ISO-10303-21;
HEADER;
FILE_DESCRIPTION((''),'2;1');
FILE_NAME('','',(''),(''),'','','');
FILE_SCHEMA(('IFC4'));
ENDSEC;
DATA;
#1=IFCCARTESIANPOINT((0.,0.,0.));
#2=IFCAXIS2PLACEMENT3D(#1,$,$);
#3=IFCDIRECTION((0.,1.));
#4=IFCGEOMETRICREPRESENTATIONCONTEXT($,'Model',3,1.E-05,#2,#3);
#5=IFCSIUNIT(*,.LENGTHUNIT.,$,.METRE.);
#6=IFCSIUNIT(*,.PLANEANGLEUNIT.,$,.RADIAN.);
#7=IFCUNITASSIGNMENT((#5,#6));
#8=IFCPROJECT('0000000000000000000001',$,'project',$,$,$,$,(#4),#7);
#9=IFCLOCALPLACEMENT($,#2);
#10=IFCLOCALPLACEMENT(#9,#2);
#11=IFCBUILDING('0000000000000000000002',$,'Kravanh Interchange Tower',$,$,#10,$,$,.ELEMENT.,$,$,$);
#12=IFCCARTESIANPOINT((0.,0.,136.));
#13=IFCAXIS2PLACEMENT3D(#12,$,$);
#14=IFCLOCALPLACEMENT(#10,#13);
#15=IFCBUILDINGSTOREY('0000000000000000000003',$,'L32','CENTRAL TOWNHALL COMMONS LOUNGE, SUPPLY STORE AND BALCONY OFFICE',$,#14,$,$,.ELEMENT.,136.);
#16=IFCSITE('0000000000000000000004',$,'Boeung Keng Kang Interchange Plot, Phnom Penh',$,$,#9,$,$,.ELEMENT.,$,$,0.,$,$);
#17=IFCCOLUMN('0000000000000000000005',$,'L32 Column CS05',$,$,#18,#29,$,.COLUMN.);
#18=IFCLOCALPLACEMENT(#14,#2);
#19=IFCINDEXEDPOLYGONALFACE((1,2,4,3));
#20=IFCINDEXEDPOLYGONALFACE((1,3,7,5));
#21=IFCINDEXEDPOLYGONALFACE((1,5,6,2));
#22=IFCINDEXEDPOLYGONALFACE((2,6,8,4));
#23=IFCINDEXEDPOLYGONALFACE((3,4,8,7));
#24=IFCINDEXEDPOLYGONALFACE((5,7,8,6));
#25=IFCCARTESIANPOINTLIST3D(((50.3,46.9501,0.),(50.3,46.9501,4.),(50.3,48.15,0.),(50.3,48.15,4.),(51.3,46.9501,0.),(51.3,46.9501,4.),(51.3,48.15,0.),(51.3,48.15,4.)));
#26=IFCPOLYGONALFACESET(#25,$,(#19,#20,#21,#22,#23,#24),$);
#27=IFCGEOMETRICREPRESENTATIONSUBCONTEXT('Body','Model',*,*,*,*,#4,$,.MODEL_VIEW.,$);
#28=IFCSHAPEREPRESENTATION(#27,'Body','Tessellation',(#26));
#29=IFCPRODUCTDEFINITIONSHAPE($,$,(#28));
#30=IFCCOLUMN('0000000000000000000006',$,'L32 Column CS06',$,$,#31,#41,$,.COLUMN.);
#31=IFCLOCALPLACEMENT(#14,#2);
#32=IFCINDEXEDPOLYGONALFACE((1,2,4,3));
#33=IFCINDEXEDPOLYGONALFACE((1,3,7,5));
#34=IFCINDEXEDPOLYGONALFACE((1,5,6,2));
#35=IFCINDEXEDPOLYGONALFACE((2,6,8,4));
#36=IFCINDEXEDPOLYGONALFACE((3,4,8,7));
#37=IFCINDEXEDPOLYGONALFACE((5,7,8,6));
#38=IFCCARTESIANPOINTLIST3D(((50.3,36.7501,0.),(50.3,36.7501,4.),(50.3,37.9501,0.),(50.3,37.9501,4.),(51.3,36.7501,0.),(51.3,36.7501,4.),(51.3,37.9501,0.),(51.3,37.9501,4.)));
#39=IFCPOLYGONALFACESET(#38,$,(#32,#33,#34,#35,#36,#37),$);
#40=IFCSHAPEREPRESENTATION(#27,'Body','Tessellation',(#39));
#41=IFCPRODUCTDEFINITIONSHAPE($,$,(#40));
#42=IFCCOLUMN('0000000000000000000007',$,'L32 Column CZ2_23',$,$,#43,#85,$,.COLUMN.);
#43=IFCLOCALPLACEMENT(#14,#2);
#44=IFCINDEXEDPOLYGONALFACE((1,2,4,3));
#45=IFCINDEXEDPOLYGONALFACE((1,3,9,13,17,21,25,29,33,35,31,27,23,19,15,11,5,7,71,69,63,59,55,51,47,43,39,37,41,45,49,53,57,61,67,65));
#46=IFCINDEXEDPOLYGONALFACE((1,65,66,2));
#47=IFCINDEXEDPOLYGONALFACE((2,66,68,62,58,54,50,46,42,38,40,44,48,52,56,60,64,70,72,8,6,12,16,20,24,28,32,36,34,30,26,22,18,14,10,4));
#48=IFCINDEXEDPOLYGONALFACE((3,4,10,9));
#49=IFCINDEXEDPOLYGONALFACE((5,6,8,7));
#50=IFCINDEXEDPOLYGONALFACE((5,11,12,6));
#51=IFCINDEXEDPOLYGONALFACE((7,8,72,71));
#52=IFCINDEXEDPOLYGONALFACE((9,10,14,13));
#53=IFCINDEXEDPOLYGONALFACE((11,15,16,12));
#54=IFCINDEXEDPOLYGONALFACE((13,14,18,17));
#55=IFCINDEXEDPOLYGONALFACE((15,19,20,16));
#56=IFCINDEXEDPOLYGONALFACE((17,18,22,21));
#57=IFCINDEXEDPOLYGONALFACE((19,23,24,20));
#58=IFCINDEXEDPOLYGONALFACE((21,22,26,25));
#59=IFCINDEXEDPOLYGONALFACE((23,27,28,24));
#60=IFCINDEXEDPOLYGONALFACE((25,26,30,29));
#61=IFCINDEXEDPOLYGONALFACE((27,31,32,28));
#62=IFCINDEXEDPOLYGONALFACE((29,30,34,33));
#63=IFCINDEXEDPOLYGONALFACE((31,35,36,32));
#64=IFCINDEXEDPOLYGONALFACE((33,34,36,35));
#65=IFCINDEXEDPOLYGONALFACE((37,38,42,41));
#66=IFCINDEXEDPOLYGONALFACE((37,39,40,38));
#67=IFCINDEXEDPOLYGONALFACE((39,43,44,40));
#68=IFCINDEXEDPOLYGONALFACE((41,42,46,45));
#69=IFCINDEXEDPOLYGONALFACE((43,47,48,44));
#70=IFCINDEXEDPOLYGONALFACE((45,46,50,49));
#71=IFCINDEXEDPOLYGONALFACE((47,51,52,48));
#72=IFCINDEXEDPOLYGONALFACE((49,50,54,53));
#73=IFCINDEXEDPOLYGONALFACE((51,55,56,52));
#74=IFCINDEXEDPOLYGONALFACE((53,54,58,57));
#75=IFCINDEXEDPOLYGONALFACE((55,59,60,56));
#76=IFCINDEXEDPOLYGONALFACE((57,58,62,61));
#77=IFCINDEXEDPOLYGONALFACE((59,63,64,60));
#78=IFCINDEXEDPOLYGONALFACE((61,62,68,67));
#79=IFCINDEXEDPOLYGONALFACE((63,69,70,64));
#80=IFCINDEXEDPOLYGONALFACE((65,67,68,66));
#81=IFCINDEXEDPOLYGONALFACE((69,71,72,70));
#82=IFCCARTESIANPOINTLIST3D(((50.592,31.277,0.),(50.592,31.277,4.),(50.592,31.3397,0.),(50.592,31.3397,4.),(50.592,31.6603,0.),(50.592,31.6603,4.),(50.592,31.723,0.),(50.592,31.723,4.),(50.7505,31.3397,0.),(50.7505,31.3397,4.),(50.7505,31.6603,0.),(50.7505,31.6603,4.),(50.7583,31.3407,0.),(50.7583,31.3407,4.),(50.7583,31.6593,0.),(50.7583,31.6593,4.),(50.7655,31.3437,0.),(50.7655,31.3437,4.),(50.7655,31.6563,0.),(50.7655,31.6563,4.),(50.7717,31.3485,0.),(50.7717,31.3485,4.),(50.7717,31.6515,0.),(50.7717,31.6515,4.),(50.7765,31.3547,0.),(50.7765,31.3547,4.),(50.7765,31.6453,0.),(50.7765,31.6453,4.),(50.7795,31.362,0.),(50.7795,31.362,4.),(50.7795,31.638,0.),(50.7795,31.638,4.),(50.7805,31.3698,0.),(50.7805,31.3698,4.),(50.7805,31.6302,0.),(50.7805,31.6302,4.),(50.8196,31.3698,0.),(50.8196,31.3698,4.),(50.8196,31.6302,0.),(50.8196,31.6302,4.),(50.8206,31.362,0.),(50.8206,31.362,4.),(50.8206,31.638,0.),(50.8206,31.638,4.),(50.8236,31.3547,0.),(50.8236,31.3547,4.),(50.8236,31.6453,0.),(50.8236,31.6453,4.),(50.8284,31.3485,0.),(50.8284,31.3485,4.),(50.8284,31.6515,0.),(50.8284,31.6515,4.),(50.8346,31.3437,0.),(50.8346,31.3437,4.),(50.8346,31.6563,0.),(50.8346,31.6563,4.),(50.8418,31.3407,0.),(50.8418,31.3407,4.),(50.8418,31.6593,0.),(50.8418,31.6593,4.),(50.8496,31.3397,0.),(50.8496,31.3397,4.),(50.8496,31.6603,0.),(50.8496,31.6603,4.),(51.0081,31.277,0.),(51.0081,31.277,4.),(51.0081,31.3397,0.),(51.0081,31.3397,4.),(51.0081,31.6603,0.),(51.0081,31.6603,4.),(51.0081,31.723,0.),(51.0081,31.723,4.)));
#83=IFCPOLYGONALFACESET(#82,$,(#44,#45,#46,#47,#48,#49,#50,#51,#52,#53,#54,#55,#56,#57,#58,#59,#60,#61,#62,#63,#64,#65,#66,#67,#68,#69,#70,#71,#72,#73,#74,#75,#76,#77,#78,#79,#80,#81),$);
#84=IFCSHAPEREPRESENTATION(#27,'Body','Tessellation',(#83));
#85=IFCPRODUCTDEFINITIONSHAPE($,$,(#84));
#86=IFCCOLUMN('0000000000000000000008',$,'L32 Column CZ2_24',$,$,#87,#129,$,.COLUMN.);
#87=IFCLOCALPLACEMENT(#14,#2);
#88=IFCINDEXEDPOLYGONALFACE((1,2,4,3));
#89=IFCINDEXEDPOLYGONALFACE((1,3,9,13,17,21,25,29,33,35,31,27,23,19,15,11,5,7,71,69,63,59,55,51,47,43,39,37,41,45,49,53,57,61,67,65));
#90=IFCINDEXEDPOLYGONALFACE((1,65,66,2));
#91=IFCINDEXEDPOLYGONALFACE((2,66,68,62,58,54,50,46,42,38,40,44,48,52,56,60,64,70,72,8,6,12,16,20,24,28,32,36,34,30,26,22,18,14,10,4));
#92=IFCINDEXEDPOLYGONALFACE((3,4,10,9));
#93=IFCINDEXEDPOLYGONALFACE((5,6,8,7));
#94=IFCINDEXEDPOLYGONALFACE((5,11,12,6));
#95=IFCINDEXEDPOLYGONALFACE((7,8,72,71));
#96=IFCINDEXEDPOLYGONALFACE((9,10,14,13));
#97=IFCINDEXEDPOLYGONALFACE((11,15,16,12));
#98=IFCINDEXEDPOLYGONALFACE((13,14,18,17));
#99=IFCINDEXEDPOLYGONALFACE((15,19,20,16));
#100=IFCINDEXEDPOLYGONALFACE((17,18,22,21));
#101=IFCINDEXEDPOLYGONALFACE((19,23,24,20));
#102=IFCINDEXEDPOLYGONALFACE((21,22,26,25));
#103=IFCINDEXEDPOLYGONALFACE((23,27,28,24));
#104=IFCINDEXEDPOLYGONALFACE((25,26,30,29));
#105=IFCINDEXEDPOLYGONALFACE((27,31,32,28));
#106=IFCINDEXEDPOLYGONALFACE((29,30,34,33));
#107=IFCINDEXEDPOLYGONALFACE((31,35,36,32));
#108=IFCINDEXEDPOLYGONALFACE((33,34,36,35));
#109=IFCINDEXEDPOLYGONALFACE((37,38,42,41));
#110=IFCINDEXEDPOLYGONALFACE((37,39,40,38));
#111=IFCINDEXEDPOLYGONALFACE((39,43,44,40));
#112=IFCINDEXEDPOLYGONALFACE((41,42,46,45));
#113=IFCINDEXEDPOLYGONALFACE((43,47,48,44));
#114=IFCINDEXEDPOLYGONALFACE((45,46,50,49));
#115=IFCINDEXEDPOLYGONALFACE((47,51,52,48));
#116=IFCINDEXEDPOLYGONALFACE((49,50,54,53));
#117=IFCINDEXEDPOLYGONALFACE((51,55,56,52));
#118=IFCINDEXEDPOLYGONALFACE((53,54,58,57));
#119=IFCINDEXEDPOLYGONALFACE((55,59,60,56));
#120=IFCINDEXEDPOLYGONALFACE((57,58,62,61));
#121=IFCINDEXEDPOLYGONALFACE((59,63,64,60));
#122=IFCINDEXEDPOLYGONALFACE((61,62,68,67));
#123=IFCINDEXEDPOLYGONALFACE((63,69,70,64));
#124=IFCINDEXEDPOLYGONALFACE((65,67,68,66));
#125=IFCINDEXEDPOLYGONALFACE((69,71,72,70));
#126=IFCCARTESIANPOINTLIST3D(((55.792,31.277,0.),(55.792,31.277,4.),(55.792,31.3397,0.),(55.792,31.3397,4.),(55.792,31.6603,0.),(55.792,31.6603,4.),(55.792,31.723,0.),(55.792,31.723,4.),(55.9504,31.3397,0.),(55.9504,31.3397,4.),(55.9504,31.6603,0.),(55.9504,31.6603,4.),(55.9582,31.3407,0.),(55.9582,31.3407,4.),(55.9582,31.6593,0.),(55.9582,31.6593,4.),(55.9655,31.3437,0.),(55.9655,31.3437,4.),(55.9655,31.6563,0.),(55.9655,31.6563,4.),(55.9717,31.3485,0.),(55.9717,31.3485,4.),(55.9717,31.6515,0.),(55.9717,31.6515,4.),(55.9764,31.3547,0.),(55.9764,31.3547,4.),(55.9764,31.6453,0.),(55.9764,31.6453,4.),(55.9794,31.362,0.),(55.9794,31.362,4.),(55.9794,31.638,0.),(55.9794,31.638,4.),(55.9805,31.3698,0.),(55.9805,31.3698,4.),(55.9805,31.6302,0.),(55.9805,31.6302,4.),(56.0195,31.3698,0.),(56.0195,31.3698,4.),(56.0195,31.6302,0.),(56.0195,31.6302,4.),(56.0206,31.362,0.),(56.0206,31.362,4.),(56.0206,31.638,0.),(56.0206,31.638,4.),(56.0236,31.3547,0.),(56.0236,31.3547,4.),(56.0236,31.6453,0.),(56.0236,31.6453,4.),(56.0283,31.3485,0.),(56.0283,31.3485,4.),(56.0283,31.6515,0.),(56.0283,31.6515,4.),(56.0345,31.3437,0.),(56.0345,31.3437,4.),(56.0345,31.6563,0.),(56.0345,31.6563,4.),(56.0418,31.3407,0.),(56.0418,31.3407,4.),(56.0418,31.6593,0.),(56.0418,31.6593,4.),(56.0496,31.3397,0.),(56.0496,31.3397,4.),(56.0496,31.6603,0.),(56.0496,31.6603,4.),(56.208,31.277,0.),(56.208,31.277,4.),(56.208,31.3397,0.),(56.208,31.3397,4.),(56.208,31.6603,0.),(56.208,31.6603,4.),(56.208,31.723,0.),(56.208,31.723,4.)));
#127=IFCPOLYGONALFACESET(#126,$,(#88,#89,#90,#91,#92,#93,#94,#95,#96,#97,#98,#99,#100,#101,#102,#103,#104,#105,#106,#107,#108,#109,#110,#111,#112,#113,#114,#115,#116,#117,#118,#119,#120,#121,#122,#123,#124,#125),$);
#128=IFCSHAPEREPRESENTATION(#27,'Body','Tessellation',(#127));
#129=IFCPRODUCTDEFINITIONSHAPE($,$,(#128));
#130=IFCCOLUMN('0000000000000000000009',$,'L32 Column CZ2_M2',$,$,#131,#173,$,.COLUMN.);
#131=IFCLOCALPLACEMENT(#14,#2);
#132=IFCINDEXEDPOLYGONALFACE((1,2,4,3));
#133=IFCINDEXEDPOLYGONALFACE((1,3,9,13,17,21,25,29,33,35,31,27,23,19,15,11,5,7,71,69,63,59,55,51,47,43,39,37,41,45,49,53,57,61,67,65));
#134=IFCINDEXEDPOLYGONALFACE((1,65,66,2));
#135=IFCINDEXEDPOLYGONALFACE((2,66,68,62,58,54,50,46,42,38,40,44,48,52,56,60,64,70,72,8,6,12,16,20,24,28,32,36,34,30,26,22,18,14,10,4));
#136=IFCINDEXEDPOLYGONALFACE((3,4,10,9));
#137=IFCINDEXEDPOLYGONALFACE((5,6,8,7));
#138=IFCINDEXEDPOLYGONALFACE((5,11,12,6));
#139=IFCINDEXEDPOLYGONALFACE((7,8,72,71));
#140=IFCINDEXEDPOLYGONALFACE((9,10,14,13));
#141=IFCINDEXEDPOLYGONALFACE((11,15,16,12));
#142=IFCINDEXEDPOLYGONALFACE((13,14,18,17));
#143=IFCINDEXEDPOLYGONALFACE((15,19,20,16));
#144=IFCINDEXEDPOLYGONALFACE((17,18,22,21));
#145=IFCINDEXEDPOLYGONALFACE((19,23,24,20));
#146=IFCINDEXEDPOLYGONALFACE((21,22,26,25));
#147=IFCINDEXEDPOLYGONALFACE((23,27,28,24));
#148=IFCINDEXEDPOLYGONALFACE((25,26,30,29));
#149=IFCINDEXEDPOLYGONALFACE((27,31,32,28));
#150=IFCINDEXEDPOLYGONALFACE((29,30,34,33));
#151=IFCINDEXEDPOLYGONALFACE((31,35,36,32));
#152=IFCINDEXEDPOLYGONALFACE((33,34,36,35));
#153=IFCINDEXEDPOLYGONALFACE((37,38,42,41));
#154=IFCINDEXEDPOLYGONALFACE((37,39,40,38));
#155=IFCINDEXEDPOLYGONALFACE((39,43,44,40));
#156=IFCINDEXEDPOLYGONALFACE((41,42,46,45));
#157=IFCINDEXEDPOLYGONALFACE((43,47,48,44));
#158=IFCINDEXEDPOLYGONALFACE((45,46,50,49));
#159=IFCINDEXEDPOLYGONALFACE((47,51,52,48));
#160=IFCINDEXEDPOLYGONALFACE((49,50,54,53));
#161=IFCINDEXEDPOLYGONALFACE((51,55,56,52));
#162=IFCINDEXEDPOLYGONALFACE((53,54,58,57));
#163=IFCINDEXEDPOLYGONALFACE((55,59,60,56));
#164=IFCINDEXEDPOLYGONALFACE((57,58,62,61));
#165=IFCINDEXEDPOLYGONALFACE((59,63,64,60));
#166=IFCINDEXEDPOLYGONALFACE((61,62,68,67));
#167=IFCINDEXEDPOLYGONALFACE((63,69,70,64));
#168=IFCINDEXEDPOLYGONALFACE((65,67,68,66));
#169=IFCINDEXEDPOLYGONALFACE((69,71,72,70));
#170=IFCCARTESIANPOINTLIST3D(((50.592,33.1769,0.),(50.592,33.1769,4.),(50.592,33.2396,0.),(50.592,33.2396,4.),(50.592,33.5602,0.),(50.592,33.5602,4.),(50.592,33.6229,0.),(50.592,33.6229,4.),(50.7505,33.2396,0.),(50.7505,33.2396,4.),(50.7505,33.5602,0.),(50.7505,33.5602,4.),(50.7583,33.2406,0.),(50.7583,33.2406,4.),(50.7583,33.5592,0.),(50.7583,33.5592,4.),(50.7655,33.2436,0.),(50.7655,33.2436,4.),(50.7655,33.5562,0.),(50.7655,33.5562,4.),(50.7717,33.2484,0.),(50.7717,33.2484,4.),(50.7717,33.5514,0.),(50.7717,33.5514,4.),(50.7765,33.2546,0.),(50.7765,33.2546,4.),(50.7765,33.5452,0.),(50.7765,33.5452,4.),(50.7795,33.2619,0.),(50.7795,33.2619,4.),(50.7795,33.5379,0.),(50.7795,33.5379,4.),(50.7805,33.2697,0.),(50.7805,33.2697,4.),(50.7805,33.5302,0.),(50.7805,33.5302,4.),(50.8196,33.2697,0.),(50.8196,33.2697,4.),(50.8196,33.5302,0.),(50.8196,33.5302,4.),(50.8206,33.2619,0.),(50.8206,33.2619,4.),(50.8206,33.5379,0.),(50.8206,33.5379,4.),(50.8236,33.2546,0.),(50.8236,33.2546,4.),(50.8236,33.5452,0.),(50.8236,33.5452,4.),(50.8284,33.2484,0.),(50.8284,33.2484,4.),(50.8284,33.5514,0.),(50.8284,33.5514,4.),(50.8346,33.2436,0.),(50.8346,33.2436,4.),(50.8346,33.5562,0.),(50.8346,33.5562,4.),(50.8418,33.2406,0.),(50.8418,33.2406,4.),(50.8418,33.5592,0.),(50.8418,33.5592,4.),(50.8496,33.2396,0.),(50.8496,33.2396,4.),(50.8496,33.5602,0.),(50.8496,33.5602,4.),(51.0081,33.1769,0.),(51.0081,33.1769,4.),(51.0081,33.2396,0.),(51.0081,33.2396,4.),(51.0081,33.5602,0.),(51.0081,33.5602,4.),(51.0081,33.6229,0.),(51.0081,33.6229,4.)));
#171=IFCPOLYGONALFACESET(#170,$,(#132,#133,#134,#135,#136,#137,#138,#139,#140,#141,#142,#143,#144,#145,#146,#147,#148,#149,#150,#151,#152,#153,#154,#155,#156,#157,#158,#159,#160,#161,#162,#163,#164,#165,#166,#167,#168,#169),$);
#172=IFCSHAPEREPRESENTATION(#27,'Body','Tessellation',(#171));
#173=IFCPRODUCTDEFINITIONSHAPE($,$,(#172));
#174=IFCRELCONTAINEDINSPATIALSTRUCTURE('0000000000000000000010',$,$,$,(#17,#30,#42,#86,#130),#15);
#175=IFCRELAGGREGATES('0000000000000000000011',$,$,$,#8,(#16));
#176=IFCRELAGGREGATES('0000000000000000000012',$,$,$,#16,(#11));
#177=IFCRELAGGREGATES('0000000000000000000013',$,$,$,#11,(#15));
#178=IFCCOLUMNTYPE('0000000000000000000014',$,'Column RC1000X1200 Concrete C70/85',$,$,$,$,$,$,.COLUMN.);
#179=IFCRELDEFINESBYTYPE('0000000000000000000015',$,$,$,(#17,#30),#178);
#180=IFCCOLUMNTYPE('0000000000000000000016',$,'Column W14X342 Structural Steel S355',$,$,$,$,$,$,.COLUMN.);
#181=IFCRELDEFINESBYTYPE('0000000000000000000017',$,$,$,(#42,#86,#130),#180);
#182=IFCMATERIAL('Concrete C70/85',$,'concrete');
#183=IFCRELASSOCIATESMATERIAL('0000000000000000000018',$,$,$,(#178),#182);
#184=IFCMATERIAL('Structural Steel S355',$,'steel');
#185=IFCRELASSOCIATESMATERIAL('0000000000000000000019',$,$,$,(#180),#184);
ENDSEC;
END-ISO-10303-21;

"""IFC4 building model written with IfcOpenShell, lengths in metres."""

from ifc_helpers import new_model, si_unit, direction, frame, origin, origin_2d, place, context, subcontext, project, spatial, rectangle, i_section, extrude, material, material_profile, profile_set, type_object, element, save


model = new_model("IFC4")

# Units and contexts
model_context = context("Model", 3, precision=1e-05, world=origin(), true_north=direction((0.0, 1.0)))
body_context = subcontext(model_context, "Body", "Model", "MODEL_VIEW")
ifc_project = project(units=[si_unit("LENGTHUNIT", "METRE"), si_unit("PLANEANGLEUNIT", "RADIAN")], contexts=[model_context])

# Site, building, storey
site_placement = place(None, origin())
site = spatial("IfcSite", under=ifc_project, at=site_placement, Name="Boeung Keng Kang Interchange Plot, Phnom Penh", CompositionType="ELEMENT", RefElevation=0.0)
building_placement = place(site_placement, origin())
building = spatial("IfcBuilding", under=site, at=building_placement, Name="Kravanh Interchange Tower", CompositionType="ELEMENT")
storey_placement = place(building_placement, frame((0.0, 0.0, 136.0)))
storey = spatial("IfcBuildingStorey", under=building, at=storey_placement, Name="L32", Description="CENTRAL TOWNHALL COMMONS LOUNGE, SUPPLY STORE AND BALCONY OFFICE", CompositionType="ELEMENT", Elevation=136.0)

# Columns
ifc_material_1 = material(Name="Concrete C70/85", Category="concrete")
ifc_material_profile_1 = material_profile(ifc_material_1, rectangle(XDim=1.0, YDim=1.2, at=origin_2d()), Name="RC1000X1200")
ifc_profile_set_1 = profile_set([ifc_material_profile_1], Name="Concrete C70/85")
column_type_1 = type_object("IfcColumnType", Name="Column RC1000X1200 Concrete C70/85", PredefinedType="COLUMN", material=ifc_profile_set_1)
for number, where, z_axis, x_axis, name in (
    (1, (50.8, 47.55, 0.0), (0.0, 0.0, 1.0), (1.0, 0.0, 0.0), "L32 Column CS05"),
    (2, (50.8, 37.3501, 0.0), (0.0, 0.0, 1.0), (1.0, 0.0, 0.0), "L32 Column CS06"),
):
    element("IfcColumn", number, at=place(storey_placement, frame(where, z_axis=z_axis, x_axis=x_axis)), inside=storey, type_object=column_type_1, Name=name, PredefinedType="COLUMN", context=body_context, shape_type="SweptSolid", body=[
        extrude(rectangle(XDim=1.0, YDim=1.2, at=origin_2d()), origin(), (0.0, 0.0, 1.0), 4.0),
    ])
ifc_material_2 = material(Name="Structural Steel S355", Category="steel")
ifc_material_profile_2 = material_profile(ifc_material_2, i_section(OverallWidth=0.416, OverallDepth=0.446, WebThickness=0.0391, FlangeThickness=0.0627, FilletRadius=0.03, at=origin_2d()), Name="W14X342")
ifc_profile_set_2 = profile_set([ifc_material_profile_2], Name="Structural Steel S355")
column_type_2 = type_object("IfcColumnType", Name="Column W14X342 Structural Steel S355", PredefinedType="COLUMN", material=ifc_profile_set_2)
for number, where, z_axis, x_axis, name in (
    (3, (50.8, 31.5, 0.0), (0.0, 0.0, 1.0), (1.0, 0.0, 0.0), "L32 Column CZ2_23"),
    (4, (56.0, 31.5, 0.0), (0.0, 0.0, 1.0), (1.0, 0.0, 0.0), "L32 Column CZ2_24"),
    (5, (50.8, 33.3999, 0.0), (0.0, 0.0, 1.0), (1.0, 0.0, 0.0), "L32 Column CZ2_M2"),
):
    element("IfcColumn", number, at=place(storey_placement, frame(where, z_axis=z_axis, x_axis=x_axis)), inside=storey, type_object=column_type_2, Name=name, PredefinedType="COLUMN", context=body_context, shape_type="SweptSolid", body=[
        extrude(i_section(OverallWidth=0.416, OverallDepth=0.446, WebThickness=0.0391, FlangeThickness=0.0627, FilletRadius=0.03, at=origin_2d()), origin(), (0.0, 0.0, 1.0), 4.0),
    ])

save(model, "model.ifc")
